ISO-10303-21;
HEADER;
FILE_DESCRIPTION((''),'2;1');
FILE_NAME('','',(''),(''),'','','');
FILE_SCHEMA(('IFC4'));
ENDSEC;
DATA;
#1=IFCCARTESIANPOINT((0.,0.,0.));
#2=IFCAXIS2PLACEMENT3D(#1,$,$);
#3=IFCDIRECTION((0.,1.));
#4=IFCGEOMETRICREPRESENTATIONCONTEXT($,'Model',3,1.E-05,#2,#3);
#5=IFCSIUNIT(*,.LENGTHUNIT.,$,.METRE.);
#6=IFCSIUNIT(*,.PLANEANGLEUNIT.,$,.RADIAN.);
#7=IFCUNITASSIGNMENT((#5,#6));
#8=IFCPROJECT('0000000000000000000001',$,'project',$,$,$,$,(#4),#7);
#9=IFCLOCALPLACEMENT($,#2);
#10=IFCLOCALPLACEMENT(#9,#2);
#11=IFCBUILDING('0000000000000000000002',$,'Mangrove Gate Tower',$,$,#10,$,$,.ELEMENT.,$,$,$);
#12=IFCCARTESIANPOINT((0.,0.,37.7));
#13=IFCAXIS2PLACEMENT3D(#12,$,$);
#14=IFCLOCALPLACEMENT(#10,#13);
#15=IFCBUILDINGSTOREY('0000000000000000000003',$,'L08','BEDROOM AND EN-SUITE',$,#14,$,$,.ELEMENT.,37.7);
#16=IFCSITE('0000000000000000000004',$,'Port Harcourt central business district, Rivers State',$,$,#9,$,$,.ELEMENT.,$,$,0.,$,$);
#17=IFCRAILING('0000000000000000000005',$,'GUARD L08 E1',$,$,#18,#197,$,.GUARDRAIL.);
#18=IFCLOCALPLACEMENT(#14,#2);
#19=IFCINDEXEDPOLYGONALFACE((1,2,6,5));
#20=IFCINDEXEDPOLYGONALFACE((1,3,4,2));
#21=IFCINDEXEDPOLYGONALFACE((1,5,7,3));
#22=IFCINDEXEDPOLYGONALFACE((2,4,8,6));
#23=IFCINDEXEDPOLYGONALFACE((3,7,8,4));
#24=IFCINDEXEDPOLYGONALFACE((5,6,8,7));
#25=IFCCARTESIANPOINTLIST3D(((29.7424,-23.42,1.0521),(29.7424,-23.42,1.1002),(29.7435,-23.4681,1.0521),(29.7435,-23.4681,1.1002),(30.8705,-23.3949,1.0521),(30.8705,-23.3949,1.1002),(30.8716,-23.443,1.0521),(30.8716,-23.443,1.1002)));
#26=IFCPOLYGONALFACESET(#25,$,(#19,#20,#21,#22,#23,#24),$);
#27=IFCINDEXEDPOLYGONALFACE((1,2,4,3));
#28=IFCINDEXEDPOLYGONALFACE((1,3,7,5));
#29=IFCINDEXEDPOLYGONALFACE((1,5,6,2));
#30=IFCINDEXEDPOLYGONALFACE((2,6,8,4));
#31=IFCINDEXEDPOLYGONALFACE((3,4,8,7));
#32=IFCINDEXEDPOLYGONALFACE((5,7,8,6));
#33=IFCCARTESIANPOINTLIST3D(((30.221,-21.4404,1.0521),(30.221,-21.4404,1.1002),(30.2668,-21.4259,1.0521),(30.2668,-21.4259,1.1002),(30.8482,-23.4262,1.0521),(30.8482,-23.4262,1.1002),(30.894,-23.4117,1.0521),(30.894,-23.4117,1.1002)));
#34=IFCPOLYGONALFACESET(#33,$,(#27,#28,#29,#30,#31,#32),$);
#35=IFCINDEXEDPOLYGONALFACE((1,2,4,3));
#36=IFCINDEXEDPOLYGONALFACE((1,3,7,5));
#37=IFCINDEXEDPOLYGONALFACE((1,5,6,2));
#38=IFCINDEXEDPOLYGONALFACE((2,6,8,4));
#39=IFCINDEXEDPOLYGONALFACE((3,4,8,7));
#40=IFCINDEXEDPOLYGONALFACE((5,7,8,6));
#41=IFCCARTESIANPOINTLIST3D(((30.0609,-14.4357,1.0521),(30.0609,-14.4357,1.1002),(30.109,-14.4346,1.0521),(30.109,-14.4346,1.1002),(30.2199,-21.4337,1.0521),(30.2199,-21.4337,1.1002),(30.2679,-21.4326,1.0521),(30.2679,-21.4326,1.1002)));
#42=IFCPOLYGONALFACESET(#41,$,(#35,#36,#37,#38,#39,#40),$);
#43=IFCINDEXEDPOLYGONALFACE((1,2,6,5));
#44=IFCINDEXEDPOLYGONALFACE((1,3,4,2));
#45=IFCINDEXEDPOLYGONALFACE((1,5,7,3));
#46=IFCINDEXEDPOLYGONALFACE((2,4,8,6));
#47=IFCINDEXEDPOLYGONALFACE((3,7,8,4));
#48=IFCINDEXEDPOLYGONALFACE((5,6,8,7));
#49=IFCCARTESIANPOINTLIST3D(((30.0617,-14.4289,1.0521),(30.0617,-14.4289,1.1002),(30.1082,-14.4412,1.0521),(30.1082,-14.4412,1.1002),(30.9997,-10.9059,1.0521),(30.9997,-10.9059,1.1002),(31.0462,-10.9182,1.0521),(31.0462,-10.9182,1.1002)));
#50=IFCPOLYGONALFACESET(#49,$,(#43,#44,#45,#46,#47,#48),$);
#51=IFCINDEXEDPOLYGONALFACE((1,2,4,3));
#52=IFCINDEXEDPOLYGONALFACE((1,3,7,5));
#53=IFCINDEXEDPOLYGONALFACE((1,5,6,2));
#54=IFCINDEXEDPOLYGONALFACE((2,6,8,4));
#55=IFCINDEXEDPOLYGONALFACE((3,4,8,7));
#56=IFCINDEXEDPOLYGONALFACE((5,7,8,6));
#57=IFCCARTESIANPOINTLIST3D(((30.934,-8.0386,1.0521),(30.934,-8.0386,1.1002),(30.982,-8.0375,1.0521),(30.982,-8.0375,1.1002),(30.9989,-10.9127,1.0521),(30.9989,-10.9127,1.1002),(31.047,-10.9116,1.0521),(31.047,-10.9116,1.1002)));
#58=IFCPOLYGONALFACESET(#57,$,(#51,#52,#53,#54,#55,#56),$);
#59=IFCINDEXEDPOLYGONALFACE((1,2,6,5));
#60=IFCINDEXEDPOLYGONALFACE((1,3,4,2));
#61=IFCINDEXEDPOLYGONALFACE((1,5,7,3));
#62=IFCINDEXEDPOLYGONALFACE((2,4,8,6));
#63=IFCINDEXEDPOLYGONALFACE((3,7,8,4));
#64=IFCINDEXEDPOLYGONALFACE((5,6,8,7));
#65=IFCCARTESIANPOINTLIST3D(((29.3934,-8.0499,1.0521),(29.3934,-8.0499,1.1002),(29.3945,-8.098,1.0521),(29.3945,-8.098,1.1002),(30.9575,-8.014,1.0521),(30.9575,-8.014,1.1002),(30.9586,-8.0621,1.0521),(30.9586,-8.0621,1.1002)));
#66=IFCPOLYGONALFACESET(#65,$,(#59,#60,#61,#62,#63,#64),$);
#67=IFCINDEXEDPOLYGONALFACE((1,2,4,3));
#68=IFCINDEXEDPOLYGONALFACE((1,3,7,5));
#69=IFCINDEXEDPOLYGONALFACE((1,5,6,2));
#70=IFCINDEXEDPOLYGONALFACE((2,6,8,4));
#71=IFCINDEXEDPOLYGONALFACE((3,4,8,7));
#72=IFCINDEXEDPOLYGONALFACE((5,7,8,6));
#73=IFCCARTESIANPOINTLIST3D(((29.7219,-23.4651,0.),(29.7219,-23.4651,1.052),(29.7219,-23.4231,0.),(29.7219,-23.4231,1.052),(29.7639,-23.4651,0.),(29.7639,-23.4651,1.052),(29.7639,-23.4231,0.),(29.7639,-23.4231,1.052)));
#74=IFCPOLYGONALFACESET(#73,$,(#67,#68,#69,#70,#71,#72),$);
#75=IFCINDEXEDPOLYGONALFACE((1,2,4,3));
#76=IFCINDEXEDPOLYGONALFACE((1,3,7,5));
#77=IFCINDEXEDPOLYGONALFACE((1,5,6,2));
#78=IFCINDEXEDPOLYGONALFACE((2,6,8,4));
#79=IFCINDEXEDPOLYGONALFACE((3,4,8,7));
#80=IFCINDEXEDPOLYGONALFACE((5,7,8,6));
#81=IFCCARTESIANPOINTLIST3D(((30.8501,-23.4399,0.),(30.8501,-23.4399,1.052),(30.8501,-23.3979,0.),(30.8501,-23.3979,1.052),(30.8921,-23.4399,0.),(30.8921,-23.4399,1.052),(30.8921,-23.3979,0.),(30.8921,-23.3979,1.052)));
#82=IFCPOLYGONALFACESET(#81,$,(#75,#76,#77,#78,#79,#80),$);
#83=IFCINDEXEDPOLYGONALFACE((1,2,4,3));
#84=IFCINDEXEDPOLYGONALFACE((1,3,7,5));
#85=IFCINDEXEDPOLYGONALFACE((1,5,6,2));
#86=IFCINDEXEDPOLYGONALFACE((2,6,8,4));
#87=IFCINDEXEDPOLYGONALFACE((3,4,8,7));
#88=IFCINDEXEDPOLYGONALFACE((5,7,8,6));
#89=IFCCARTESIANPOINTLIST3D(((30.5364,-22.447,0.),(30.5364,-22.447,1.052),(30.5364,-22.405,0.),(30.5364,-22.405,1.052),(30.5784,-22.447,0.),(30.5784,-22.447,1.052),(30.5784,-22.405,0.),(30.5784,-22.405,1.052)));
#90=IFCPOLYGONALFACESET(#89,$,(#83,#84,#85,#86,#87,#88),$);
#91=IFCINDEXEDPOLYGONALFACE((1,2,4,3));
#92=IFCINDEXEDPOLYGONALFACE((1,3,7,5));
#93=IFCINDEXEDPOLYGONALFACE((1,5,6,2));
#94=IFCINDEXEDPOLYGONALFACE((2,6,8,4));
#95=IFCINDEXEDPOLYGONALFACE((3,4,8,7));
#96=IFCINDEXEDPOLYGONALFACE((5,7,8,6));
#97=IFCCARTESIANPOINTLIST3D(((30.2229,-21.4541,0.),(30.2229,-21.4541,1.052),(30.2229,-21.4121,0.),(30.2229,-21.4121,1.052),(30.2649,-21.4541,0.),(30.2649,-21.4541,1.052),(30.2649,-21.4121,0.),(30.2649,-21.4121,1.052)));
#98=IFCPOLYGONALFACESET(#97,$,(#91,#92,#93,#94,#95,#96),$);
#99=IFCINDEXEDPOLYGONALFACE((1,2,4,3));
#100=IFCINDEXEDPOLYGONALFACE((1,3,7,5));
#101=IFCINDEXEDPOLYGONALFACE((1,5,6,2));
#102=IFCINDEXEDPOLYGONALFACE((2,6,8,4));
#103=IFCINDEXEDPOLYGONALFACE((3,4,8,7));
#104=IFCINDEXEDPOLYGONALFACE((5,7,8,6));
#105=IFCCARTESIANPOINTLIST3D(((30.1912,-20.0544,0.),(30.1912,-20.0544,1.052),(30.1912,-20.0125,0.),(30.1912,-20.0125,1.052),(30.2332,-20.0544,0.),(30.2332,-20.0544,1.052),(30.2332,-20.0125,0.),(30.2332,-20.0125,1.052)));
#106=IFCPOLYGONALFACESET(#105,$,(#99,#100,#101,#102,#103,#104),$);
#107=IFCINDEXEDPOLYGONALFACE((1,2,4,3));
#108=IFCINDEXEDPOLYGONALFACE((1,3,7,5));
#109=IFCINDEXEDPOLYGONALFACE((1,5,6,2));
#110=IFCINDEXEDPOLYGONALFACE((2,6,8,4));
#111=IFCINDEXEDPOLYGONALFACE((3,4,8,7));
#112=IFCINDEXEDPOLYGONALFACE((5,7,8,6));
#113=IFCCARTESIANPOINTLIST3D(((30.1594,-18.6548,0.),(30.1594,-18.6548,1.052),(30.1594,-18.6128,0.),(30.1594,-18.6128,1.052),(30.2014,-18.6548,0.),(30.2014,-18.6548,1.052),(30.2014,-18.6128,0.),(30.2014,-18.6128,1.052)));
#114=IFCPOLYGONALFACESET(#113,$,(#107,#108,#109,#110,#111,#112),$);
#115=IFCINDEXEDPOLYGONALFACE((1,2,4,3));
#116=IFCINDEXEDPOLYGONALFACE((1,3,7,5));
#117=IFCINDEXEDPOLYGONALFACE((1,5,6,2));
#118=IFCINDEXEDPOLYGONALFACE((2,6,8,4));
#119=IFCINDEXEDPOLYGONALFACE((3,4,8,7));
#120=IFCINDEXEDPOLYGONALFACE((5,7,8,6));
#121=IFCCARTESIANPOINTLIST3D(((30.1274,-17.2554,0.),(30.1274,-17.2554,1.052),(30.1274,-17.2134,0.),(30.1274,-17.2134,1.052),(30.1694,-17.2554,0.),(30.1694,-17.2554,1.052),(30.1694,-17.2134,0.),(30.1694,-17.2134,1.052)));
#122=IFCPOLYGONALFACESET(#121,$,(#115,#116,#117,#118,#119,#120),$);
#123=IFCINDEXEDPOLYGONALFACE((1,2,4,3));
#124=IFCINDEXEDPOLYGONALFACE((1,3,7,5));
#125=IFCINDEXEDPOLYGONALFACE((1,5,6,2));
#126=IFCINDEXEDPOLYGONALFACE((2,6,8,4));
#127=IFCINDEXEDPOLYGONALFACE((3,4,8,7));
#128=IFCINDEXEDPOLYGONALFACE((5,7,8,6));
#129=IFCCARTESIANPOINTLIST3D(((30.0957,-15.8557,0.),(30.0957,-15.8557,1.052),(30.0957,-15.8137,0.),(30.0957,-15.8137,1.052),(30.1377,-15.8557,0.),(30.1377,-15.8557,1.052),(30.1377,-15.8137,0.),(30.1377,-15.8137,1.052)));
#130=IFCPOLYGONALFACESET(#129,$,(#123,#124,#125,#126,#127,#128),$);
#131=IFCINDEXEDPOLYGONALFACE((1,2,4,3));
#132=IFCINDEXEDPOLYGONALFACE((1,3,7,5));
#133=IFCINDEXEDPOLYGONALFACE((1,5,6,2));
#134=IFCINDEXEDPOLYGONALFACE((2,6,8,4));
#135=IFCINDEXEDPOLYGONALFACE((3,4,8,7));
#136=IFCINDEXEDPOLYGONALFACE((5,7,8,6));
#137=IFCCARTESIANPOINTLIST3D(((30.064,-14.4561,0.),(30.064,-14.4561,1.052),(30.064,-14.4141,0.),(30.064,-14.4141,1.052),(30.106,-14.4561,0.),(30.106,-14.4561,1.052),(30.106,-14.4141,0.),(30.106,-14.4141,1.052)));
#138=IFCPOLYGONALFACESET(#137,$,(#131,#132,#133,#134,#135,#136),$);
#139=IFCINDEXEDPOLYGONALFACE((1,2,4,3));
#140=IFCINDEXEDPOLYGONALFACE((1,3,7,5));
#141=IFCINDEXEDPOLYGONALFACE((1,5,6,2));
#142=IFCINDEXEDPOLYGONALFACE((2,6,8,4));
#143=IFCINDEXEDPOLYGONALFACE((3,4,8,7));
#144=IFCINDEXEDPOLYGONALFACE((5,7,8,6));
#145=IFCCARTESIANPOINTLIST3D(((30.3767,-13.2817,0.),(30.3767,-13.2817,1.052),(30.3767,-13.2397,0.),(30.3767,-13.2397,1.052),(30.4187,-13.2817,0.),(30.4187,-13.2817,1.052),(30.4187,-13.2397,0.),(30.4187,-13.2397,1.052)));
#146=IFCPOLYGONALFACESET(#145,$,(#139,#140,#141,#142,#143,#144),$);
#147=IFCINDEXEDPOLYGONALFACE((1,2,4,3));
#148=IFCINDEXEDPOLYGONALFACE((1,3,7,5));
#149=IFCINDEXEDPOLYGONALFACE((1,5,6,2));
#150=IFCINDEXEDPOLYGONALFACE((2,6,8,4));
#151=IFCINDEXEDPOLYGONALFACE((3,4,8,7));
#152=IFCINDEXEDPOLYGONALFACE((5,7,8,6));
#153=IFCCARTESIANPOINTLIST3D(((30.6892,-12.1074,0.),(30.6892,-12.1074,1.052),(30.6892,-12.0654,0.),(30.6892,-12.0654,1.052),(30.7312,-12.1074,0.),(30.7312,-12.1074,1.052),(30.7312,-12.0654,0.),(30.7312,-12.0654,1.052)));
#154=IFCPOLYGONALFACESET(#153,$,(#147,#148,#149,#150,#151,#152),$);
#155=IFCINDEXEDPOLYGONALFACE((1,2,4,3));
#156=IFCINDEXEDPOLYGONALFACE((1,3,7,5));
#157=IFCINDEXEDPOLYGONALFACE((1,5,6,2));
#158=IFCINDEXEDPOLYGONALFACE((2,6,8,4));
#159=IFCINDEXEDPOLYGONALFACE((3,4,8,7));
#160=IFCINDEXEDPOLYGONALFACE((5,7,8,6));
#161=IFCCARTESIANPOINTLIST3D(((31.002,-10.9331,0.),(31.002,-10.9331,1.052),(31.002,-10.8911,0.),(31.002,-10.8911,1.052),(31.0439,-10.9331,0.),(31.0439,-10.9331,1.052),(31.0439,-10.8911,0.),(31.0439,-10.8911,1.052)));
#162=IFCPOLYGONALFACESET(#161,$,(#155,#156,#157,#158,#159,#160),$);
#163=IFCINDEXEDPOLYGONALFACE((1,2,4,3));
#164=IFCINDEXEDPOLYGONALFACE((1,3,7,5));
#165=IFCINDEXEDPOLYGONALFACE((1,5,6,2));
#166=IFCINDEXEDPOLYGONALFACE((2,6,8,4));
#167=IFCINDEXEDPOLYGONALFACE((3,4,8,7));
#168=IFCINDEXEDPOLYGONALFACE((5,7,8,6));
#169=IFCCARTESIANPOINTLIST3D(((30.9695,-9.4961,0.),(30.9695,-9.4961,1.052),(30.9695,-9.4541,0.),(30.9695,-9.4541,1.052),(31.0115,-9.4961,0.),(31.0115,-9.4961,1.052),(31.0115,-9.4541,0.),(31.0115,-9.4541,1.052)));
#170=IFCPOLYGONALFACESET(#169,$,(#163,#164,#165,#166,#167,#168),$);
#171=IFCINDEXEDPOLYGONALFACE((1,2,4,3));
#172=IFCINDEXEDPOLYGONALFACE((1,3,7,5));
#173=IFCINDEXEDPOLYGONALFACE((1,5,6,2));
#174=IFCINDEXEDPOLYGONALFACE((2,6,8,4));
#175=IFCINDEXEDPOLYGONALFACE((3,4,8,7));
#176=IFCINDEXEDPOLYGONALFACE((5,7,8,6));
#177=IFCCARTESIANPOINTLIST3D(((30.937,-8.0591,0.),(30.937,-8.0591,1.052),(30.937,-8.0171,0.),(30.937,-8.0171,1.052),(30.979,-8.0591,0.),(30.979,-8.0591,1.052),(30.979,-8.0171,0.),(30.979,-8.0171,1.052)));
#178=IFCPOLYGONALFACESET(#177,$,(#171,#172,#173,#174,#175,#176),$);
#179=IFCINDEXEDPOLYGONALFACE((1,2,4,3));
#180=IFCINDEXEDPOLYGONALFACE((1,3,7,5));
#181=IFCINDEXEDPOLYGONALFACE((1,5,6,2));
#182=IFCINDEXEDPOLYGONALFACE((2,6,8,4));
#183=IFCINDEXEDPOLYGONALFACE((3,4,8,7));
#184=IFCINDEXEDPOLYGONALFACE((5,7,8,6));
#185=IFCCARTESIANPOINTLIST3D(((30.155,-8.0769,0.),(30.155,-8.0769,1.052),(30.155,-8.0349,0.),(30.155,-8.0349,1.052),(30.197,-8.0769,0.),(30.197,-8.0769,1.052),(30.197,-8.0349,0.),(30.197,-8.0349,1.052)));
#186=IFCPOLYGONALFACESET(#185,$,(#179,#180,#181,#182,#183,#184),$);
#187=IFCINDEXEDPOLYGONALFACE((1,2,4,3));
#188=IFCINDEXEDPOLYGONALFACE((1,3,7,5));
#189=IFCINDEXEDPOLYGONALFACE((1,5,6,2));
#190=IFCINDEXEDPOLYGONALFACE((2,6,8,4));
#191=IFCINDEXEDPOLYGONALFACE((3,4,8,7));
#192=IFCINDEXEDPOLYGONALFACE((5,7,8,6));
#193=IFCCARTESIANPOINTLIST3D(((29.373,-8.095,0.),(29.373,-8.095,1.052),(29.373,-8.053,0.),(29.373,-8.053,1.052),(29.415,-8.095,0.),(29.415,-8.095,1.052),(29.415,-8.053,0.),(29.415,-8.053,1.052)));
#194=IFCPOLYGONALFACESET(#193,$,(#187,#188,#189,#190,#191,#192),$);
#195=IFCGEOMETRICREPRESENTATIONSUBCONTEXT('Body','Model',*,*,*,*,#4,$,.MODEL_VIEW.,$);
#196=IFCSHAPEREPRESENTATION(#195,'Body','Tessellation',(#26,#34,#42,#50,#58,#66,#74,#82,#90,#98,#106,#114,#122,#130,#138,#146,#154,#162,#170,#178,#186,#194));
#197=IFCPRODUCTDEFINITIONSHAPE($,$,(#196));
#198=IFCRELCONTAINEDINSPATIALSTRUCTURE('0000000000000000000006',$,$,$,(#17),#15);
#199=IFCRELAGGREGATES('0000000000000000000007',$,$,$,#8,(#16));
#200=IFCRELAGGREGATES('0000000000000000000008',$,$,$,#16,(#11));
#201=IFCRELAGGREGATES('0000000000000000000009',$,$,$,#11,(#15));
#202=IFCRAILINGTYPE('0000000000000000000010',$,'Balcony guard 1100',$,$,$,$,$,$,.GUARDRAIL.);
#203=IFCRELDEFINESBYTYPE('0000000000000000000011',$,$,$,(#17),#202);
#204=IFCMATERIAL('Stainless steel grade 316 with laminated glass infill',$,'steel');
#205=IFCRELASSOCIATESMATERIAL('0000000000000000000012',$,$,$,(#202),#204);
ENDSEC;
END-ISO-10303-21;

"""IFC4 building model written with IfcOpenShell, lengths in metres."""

from ifc_helpers import new_model, si_unit, direction, frame, origin, origin_2d, place, context, subcontext, project, spatial, rectangle, extrude, material, type_object, element, save


model = new_model("IFC4")

# Units and contexts
model_context = context("Model", 3, precision=1e-05, world=origin(), true_north=direction((0.0, 1.0)))
body_context = subcontext(model_context, "Body", "Model", "MODEL_VIEW")
ifc_project = project(units=[si_unit("LENGTHUNIT", "METRE"), si_unit("PLANEANGLEUNIT", "RADIAN")], contexts=[model_context])

# Site, building, storey
site_placement = place(None, origin())
site = spatial("IfcSite", under=ifc_project, at=site_placement, Name="Port Harcourt central business district, Rivers State", CompositionType="ELEMENT", RefElevation=0.0)
building_placement = place(site_placement, origin())
building = spatial("IfcBuilding", under=site, at=building_placement, Name="Mangrove Gate Tower", CompositionType="ELEMENT")
storey_placement = place(building_placement, frame((0.0, 0.0, 37.7)))
storey = spatial("IfcBuildingStorey", under=building, at=storey_placement, Name="L08", Description="BEDROOM AND EN-SUITE", CompositionType="ELEMENT", Elevation=37.7)

# Railing
ifc_material_1 = material(Name="Stainless steel grade 316 with laminated glass infill", Category="steel")
railing_type = type_object("IfcRailingType", Name="Balcony guard 1100", PredefinedType="GUARDRAIL", material=ifc_material_1)
railing_placement = place(storey_placement, frame((29.7429, -23.4441, 0.0)))
element("IfcRailing", 1, at=railing_placement, inside=storey, type_object=railing_type, Name="GUARD L08 E1", PredefinedType="GUARDRAIL", context=body_context, shape_type="SweptSolid", body=[
    extrude(rectangle(XDim=0.0481, YDim=0.0481, at=origin_2d()), frame((0.0, 0.0, 1.0762), z_axis=(0.999752, 0.022284, 0.0), x_axis=(-0.022284, 0.999752, 0.0)), (0.0, 0.0, 1.0), 1.1284),
    extrude(rectangle(XDim=0.0481, YDim=0.0481, at=origin_2d()), frame((1.1282, 0.0251, 1.0762), z_axis=(-0.301171, 0.95357, 0.0), x_axis=(-0.95357, -0.301171, 0.0)), (0.0, 0.0, 1.0), 2.0825),
    extrude(rectangle(XDim=0.0481, YDim=0.0481, at=origin_2d()), frame((0.501, 2.011, 1.0762), z_axis=(-0.022706, 0.999742, 0.0), x_axis=(-0.999742, -0.022706, 0.0)), (0.0, 0.0, 1.0), 6.9998),
    extrude(rectangle(XDim=0.0481, YDim=0.0481, at=origin_2d()), frame((0.342, 9.009, 1.0762), z_axis=(0.257288, 0.966335, 0.0), x_axis=(-0.966335, 0.257288, 0.0)), (0.0, 0.0, 1.0), 3.6458),
    extrude(rectangle(XDim=0.0481, YDim=0.0481, at=origin_2d()), frame((1.28, 12.532, 1.0762), z_axis=(-0.02259, 0.999745, 0.0), x_axis=(-0.999745, -0.02259, 0.0)), (0.0, 0.0, 1.0), 2.8748),
    extrude(rectangle(XDim=0.0481, YDim=0.0481, at=origin_2d()), frame((1.2151, 15.406, 1.0762), z_axis=(-0.999737, -0.022941, 0.0), x_axis=(0.022941, -0.999737, 0.0)), (0.0, 0.0, 1.0), 1.5645),
    extrude(rectangle(XDim=0.042, YDim=0.042, at=origin_2d()), origin(), (0.0, 0.0, 1.0), 1.052),
    extrude(rectangle(XDim=0.042, YDim=0.042, at=origin_2d()), frame((1.1282, 0.0251, 0.0)), (0.0, 0.0, 1.0), 1.052),
    extrude(rectangle(XDim=0.042, YDim=0.042, at=origin_2d()), frame((0.8145, 1.0181, 0.0)), (0.0, 0.0, 1.0), 1.052),
    extrude(rectangle(XDim=0.042, YDim=0.042, at=origin_2d()), frame((0.501, 2.011, 0.0)), (0.0, 0.0, 1.0), 1.052),
    extrude(rectangle(XDim=0.042, YDim=0.042, at=origin_2d()), frame((0.4692, 3.4106, 0.0)), (0.0, 0.0, 1.0), 1.052),
    extrude(rectangle(XDim=0.042, YDim=0.042, at=origin_2d()), frame((0.4375, 4.8103, 0.0)), (0.0, 0.0, 1.0), 1.052),
    extrude(rectangle(XDim=0.042, YDim=0.042, at=origin_2d()), frame((0.4055, 6.2097, 0.0)), (0.0, 0.0, 1.0), 1.052),
    extrude(rectangle(XDim=0.042, YDim=0.042, at=origin_2d()), frame((0.3738, 7.6094, 0.0)), (0.0, 0.0, 1.0), 1.052),
    extrude(rectangle(XDim=0.042, YDim=0.042, at=origin_2d()), frame((0.342, 9.009, 0.0)), (0.0, 0.0, 1.0), 1.052),
    extrude(rectangle(XDim=0.042, YDim=0.042, at=origin_2d()), frame((0.6548, 10.1833, 0.0)), (0.0, 0.0, 1.0), 1.052),
    extrude(rectangle(XDim=0.042, YDim=0.042, at=origin_2d()), frame((0.9673, 11.3577, 0.0)), (0.0, 0.0, 1.0), 1.052),
    extrude(rectangle(XDim=0.042, YDim=0.042, at=origin_2d()), frame((1.28, 12.532, 0.0)), (0.0, 0.0, 1.0), 1.052),
    extrude(rectangle(XDim=0.042, YDim=0.042, at=origin_2d()), frame((1.2476, 13.969, 0.0)), (0.0, 0.0, 1.0), 1.052),
    extrude(rectangle(XDim=0.042, YDim=0.042, at=origin_2d()), frame((1.2151, 15.406, 0.0)), (0.0, 0.0, 1.0), 1.052),
    extrude(rectangle(XDim=0.042, YDim=0.042, at=origin_2d()), frame((0.4331, 15.3882, 0.0)), (0.0, 0.0, 1.0), 1.052),
    extrude(rectangle(XDim=0.042, YDim=0.042, at=origin_2d()), frame((-0.3489, 15.3701, 0.0)), (0.0, 0.0, 1.0), 1.052),
])

save(model, "model.ifc")
